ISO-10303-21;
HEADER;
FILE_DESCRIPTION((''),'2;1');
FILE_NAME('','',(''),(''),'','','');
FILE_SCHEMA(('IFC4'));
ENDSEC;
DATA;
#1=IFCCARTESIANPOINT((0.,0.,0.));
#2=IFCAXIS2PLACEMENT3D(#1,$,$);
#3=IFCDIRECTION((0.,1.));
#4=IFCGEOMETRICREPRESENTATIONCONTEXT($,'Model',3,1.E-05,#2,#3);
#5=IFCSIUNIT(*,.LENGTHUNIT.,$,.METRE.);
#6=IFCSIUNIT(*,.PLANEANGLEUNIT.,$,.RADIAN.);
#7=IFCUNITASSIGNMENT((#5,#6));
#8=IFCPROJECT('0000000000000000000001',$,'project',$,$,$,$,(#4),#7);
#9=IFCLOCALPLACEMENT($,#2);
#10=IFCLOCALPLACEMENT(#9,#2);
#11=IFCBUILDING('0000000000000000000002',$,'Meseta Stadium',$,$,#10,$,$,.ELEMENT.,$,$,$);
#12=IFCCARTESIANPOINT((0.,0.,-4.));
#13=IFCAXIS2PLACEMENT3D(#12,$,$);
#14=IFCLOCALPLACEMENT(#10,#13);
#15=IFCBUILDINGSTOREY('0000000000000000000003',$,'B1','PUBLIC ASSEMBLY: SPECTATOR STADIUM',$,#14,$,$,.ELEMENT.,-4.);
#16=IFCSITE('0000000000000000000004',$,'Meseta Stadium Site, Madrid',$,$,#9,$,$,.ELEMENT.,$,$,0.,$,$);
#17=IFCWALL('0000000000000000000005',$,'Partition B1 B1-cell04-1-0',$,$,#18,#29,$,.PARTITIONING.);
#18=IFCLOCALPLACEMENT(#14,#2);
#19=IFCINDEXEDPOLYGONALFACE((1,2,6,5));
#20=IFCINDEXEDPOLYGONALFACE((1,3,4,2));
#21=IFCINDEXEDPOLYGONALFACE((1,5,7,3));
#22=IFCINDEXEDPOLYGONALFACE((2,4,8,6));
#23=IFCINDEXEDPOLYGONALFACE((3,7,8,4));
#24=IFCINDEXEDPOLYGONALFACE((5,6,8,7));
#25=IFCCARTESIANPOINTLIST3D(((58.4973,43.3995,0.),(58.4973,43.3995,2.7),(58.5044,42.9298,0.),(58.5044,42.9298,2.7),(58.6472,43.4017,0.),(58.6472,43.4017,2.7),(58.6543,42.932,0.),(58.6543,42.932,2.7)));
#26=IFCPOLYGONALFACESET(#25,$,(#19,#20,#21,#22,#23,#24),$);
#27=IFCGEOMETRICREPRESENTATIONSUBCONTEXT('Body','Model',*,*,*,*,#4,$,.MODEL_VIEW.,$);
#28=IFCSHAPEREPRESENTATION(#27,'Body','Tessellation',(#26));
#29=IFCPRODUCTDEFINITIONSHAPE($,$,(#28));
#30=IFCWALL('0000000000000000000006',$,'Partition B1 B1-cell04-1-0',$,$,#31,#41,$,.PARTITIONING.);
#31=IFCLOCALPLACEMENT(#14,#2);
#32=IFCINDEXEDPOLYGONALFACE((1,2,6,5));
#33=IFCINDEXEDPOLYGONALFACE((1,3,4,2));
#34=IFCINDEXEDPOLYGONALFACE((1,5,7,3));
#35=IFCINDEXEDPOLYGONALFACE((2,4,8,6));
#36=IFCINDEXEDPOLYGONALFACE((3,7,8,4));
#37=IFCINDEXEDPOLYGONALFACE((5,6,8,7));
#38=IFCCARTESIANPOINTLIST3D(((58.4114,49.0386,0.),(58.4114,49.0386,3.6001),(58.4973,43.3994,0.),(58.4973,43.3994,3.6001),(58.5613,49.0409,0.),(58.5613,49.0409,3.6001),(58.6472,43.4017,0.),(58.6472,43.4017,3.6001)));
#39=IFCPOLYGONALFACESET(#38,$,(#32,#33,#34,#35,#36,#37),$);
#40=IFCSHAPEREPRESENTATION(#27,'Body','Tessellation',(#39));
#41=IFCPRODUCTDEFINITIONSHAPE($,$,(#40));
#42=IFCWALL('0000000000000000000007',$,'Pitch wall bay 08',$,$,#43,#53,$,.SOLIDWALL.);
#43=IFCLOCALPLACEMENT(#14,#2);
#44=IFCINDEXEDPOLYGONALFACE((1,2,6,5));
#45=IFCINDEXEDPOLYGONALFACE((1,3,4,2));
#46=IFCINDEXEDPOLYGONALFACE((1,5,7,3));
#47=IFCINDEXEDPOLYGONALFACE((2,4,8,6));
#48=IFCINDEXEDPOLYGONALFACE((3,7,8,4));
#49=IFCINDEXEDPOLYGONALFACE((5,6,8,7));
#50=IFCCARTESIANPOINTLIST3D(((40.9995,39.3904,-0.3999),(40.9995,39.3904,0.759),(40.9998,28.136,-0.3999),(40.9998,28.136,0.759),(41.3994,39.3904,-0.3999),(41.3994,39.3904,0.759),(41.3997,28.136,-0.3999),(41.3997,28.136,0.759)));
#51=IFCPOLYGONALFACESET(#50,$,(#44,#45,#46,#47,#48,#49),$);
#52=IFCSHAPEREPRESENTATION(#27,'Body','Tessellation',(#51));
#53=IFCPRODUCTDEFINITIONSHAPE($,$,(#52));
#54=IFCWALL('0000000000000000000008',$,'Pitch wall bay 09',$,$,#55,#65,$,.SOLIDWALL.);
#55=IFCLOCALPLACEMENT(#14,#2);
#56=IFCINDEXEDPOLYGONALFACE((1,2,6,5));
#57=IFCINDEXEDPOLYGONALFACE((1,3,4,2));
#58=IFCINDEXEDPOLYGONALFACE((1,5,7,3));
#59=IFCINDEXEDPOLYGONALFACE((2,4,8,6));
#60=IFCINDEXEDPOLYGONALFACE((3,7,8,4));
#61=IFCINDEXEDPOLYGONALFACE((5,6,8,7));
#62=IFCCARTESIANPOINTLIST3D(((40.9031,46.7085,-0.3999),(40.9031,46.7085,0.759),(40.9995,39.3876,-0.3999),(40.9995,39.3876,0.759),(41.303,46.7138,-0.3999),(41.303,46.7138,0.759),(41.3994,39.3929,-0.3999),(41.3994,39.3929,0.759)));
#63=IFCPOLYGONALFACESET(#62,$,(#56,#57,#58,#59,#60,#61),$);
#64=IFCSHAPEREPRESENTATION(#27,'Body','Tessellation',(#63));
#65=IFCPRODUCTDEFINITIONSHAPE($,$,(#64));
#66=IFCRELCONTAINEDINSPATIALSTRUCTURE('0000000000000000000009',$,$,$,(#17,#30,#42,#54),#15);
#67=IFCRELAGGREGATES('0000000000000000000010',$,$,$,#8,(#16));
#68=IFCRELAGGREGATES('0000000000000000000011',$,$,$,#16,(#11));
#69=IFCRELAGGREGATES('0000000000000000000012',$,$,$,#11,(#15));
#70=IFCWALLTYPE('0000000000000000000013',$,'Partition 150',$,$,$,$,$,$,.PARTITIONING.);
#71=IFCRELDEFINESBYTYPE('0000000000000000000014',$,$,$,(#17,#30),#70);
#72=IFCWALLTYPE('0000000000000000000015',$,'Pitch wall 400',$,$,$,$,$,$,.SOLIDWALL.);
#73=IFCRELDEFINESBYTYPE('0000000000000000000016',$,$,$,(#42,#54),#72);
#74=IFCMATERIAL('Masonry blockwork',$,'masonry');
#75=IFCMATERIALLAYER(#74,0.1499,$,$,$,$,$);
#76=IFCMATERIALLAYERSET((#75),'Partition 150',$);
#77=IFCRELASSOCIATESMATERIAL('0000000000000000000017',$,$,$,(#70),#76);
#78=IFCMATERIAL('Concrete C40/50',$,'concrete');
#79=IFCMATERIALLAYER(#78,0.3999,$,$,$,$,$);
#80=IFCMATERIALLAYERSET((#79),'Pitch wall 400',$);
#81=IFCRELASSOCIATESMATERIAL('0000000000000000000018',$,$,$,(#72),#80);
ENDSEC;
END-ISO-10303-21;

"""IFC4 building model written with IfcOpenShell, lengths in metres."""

from ifc_helpers import new_model, si_unit, direction, frame, frame_2d, origin, place, context, subcontext, project, spatial, rectangle, extrude, material, layer, layer_set, type_object, element, save


model = new_model("IFC4")

# Units and contexts
model_context = context("Model", 3, precision=1e-05, world=origin(), true_north=direction((0.0, 1.0)))
body_context = subcontext(model_context, "Body", "Model", "MODEL_VIEW")
ifc_project = project(units=[si_unit("LENGTHUNIT", "METRE"), si_unit("PLANEANGLEUNIT", "RADIAN")], contexts=[model_context])

# Site, building, storey
site_placement = place(None, origin())
site = spatial("IfcSite", under=ifc_project, at=site_placement, Name="Meseta Stadium Site, Madrid", CompositionType="ELEMENT", RefElevation=0.0)
building_placement = place(site_placement, origin())
building = spatial("IfcBuilding", under=site, at=building_placement, Name="Meseta Stadium", CompositionType="ELEMENT")
storey_placement = place(building_placement, frame((0.0, 0.0, -4.0)))
storey = spatial("IfcBuildingStorey", under=building, at=storey_placement, Name="B1", Description="PUBLIC ASSEMBLY: SPECTATOR STADIUM", CompositionType="ELEMENT", Elevation=-4.0)

# Walls
ifc_material_1 = material(Name="Masonry blockwork", Category="masonry")
ifc_layer_1 = layer(ifc_material_1, 0.1499)
ifc_layer_set_1 = layer_set([ifc_layer_1], Name="Partition 150")
wall_type_1 = type_object("IfcWallType", Name="Partition 150", PredefinedType="PARTITIONING", material=ifc_layer_set_1)
wall_1_placement = place(storey_placement, frame((58.5793, 42.9309, 0.0), z_axis=(0.0, 0.0, 1.0), x_axis=(-0.015071, 0.999886, 0.0)))
element("IfcWall", 1, at=wall_1_placement, inside=storey, type_object=wall_type_1, Name="Partition B1 B1-cell04-1-0", PredefinedType="PARTITIONING", context=body_context, shape_type="SweptSolid", body=[
    extrude(rectangle(XDim=0.4697, YDim=0.1499, at=frame_2d((0.2349, 0.0))), origin(), (0.0, 0.0, 1.0), 2.7),
])
wall_2_placement = place(storey_placement, frame((58.5723, 43.4006, 0.0), z_axis=(0.0, 0.0, 1.0), x_axis=(-0.015238, 0.999884, 0.0)))
element("IfcWall", 2, at=wall_2_placement, inside=storey, type_object=wall_type_1, Name="Partition B1 B1-cell04-1-0", PredefinedType="PARTITIONING", context=body_context, shape_type="SweptSolid", body=[
    extrude(rectangle(XDim=5.6399, YDim=0.1499, at=frame_2d((2.8198, 0.0))), origin(), (0.0, 0.0, 1.0), 3.6001),
])
ifc_material_2 = material(Name="Concrete C40/50", Category="concrete")
ifc_layer_2 = layer(ifc_material_2, 0.3999)
ifc_layer_set_2 = layer_set([ifc_layer_2], Name="Pitch wall 400")
wall_type_2 = type_object("IfcWallType", Name="Pitch wall 400", PredefinedType="SOLIDWALL", material=ifc_layer_set_2)
wall_3_placement = place(storey_placement, frame((41.1997, 28.136, -0.3999), z_axis=(0.0, 0.0, 1.0), x_axis=(-0.000022, 1.0, 0.0)))
element("IfcWall", 3, at=wall_3_placement, inside=storey, type_object=wall_type_2, Name="Pitch wall bay 08", PredefinedType="SOLIDWALL", context=body_context, shape_type="SweptSolid", body=[
    extrude(rectangle(XDim=11.2544, YDim=0.3999, at=frame_2d((5.6272, 0.0))), origin(), (0.0, 0.0, 1.0), 1.1589),
])
wall_4_placement = place(storey_placement, frame((41.1995, 39.3904, -0.3999), z_axis=(0.0, 0.0, 1.0), x_axis=(-0.013172, 0.999913, 0.0)))
element("IfcWall", 4, at=wall_4_placement, inside=storey, type_object=wall_type_2, Name="Pitch wall bay 09", PredefinedType="SOLIDWALL", context=body_context, shape_type="SweptSolid", body=[
    extrude(rectangle(XDim=7.3215, YDim=0.3999, at=frame_2d((3.6606, 0.0))), origin(), (0.0, 0.0, 1.0), 1.1589),
])

save(model, "model.ifc")
